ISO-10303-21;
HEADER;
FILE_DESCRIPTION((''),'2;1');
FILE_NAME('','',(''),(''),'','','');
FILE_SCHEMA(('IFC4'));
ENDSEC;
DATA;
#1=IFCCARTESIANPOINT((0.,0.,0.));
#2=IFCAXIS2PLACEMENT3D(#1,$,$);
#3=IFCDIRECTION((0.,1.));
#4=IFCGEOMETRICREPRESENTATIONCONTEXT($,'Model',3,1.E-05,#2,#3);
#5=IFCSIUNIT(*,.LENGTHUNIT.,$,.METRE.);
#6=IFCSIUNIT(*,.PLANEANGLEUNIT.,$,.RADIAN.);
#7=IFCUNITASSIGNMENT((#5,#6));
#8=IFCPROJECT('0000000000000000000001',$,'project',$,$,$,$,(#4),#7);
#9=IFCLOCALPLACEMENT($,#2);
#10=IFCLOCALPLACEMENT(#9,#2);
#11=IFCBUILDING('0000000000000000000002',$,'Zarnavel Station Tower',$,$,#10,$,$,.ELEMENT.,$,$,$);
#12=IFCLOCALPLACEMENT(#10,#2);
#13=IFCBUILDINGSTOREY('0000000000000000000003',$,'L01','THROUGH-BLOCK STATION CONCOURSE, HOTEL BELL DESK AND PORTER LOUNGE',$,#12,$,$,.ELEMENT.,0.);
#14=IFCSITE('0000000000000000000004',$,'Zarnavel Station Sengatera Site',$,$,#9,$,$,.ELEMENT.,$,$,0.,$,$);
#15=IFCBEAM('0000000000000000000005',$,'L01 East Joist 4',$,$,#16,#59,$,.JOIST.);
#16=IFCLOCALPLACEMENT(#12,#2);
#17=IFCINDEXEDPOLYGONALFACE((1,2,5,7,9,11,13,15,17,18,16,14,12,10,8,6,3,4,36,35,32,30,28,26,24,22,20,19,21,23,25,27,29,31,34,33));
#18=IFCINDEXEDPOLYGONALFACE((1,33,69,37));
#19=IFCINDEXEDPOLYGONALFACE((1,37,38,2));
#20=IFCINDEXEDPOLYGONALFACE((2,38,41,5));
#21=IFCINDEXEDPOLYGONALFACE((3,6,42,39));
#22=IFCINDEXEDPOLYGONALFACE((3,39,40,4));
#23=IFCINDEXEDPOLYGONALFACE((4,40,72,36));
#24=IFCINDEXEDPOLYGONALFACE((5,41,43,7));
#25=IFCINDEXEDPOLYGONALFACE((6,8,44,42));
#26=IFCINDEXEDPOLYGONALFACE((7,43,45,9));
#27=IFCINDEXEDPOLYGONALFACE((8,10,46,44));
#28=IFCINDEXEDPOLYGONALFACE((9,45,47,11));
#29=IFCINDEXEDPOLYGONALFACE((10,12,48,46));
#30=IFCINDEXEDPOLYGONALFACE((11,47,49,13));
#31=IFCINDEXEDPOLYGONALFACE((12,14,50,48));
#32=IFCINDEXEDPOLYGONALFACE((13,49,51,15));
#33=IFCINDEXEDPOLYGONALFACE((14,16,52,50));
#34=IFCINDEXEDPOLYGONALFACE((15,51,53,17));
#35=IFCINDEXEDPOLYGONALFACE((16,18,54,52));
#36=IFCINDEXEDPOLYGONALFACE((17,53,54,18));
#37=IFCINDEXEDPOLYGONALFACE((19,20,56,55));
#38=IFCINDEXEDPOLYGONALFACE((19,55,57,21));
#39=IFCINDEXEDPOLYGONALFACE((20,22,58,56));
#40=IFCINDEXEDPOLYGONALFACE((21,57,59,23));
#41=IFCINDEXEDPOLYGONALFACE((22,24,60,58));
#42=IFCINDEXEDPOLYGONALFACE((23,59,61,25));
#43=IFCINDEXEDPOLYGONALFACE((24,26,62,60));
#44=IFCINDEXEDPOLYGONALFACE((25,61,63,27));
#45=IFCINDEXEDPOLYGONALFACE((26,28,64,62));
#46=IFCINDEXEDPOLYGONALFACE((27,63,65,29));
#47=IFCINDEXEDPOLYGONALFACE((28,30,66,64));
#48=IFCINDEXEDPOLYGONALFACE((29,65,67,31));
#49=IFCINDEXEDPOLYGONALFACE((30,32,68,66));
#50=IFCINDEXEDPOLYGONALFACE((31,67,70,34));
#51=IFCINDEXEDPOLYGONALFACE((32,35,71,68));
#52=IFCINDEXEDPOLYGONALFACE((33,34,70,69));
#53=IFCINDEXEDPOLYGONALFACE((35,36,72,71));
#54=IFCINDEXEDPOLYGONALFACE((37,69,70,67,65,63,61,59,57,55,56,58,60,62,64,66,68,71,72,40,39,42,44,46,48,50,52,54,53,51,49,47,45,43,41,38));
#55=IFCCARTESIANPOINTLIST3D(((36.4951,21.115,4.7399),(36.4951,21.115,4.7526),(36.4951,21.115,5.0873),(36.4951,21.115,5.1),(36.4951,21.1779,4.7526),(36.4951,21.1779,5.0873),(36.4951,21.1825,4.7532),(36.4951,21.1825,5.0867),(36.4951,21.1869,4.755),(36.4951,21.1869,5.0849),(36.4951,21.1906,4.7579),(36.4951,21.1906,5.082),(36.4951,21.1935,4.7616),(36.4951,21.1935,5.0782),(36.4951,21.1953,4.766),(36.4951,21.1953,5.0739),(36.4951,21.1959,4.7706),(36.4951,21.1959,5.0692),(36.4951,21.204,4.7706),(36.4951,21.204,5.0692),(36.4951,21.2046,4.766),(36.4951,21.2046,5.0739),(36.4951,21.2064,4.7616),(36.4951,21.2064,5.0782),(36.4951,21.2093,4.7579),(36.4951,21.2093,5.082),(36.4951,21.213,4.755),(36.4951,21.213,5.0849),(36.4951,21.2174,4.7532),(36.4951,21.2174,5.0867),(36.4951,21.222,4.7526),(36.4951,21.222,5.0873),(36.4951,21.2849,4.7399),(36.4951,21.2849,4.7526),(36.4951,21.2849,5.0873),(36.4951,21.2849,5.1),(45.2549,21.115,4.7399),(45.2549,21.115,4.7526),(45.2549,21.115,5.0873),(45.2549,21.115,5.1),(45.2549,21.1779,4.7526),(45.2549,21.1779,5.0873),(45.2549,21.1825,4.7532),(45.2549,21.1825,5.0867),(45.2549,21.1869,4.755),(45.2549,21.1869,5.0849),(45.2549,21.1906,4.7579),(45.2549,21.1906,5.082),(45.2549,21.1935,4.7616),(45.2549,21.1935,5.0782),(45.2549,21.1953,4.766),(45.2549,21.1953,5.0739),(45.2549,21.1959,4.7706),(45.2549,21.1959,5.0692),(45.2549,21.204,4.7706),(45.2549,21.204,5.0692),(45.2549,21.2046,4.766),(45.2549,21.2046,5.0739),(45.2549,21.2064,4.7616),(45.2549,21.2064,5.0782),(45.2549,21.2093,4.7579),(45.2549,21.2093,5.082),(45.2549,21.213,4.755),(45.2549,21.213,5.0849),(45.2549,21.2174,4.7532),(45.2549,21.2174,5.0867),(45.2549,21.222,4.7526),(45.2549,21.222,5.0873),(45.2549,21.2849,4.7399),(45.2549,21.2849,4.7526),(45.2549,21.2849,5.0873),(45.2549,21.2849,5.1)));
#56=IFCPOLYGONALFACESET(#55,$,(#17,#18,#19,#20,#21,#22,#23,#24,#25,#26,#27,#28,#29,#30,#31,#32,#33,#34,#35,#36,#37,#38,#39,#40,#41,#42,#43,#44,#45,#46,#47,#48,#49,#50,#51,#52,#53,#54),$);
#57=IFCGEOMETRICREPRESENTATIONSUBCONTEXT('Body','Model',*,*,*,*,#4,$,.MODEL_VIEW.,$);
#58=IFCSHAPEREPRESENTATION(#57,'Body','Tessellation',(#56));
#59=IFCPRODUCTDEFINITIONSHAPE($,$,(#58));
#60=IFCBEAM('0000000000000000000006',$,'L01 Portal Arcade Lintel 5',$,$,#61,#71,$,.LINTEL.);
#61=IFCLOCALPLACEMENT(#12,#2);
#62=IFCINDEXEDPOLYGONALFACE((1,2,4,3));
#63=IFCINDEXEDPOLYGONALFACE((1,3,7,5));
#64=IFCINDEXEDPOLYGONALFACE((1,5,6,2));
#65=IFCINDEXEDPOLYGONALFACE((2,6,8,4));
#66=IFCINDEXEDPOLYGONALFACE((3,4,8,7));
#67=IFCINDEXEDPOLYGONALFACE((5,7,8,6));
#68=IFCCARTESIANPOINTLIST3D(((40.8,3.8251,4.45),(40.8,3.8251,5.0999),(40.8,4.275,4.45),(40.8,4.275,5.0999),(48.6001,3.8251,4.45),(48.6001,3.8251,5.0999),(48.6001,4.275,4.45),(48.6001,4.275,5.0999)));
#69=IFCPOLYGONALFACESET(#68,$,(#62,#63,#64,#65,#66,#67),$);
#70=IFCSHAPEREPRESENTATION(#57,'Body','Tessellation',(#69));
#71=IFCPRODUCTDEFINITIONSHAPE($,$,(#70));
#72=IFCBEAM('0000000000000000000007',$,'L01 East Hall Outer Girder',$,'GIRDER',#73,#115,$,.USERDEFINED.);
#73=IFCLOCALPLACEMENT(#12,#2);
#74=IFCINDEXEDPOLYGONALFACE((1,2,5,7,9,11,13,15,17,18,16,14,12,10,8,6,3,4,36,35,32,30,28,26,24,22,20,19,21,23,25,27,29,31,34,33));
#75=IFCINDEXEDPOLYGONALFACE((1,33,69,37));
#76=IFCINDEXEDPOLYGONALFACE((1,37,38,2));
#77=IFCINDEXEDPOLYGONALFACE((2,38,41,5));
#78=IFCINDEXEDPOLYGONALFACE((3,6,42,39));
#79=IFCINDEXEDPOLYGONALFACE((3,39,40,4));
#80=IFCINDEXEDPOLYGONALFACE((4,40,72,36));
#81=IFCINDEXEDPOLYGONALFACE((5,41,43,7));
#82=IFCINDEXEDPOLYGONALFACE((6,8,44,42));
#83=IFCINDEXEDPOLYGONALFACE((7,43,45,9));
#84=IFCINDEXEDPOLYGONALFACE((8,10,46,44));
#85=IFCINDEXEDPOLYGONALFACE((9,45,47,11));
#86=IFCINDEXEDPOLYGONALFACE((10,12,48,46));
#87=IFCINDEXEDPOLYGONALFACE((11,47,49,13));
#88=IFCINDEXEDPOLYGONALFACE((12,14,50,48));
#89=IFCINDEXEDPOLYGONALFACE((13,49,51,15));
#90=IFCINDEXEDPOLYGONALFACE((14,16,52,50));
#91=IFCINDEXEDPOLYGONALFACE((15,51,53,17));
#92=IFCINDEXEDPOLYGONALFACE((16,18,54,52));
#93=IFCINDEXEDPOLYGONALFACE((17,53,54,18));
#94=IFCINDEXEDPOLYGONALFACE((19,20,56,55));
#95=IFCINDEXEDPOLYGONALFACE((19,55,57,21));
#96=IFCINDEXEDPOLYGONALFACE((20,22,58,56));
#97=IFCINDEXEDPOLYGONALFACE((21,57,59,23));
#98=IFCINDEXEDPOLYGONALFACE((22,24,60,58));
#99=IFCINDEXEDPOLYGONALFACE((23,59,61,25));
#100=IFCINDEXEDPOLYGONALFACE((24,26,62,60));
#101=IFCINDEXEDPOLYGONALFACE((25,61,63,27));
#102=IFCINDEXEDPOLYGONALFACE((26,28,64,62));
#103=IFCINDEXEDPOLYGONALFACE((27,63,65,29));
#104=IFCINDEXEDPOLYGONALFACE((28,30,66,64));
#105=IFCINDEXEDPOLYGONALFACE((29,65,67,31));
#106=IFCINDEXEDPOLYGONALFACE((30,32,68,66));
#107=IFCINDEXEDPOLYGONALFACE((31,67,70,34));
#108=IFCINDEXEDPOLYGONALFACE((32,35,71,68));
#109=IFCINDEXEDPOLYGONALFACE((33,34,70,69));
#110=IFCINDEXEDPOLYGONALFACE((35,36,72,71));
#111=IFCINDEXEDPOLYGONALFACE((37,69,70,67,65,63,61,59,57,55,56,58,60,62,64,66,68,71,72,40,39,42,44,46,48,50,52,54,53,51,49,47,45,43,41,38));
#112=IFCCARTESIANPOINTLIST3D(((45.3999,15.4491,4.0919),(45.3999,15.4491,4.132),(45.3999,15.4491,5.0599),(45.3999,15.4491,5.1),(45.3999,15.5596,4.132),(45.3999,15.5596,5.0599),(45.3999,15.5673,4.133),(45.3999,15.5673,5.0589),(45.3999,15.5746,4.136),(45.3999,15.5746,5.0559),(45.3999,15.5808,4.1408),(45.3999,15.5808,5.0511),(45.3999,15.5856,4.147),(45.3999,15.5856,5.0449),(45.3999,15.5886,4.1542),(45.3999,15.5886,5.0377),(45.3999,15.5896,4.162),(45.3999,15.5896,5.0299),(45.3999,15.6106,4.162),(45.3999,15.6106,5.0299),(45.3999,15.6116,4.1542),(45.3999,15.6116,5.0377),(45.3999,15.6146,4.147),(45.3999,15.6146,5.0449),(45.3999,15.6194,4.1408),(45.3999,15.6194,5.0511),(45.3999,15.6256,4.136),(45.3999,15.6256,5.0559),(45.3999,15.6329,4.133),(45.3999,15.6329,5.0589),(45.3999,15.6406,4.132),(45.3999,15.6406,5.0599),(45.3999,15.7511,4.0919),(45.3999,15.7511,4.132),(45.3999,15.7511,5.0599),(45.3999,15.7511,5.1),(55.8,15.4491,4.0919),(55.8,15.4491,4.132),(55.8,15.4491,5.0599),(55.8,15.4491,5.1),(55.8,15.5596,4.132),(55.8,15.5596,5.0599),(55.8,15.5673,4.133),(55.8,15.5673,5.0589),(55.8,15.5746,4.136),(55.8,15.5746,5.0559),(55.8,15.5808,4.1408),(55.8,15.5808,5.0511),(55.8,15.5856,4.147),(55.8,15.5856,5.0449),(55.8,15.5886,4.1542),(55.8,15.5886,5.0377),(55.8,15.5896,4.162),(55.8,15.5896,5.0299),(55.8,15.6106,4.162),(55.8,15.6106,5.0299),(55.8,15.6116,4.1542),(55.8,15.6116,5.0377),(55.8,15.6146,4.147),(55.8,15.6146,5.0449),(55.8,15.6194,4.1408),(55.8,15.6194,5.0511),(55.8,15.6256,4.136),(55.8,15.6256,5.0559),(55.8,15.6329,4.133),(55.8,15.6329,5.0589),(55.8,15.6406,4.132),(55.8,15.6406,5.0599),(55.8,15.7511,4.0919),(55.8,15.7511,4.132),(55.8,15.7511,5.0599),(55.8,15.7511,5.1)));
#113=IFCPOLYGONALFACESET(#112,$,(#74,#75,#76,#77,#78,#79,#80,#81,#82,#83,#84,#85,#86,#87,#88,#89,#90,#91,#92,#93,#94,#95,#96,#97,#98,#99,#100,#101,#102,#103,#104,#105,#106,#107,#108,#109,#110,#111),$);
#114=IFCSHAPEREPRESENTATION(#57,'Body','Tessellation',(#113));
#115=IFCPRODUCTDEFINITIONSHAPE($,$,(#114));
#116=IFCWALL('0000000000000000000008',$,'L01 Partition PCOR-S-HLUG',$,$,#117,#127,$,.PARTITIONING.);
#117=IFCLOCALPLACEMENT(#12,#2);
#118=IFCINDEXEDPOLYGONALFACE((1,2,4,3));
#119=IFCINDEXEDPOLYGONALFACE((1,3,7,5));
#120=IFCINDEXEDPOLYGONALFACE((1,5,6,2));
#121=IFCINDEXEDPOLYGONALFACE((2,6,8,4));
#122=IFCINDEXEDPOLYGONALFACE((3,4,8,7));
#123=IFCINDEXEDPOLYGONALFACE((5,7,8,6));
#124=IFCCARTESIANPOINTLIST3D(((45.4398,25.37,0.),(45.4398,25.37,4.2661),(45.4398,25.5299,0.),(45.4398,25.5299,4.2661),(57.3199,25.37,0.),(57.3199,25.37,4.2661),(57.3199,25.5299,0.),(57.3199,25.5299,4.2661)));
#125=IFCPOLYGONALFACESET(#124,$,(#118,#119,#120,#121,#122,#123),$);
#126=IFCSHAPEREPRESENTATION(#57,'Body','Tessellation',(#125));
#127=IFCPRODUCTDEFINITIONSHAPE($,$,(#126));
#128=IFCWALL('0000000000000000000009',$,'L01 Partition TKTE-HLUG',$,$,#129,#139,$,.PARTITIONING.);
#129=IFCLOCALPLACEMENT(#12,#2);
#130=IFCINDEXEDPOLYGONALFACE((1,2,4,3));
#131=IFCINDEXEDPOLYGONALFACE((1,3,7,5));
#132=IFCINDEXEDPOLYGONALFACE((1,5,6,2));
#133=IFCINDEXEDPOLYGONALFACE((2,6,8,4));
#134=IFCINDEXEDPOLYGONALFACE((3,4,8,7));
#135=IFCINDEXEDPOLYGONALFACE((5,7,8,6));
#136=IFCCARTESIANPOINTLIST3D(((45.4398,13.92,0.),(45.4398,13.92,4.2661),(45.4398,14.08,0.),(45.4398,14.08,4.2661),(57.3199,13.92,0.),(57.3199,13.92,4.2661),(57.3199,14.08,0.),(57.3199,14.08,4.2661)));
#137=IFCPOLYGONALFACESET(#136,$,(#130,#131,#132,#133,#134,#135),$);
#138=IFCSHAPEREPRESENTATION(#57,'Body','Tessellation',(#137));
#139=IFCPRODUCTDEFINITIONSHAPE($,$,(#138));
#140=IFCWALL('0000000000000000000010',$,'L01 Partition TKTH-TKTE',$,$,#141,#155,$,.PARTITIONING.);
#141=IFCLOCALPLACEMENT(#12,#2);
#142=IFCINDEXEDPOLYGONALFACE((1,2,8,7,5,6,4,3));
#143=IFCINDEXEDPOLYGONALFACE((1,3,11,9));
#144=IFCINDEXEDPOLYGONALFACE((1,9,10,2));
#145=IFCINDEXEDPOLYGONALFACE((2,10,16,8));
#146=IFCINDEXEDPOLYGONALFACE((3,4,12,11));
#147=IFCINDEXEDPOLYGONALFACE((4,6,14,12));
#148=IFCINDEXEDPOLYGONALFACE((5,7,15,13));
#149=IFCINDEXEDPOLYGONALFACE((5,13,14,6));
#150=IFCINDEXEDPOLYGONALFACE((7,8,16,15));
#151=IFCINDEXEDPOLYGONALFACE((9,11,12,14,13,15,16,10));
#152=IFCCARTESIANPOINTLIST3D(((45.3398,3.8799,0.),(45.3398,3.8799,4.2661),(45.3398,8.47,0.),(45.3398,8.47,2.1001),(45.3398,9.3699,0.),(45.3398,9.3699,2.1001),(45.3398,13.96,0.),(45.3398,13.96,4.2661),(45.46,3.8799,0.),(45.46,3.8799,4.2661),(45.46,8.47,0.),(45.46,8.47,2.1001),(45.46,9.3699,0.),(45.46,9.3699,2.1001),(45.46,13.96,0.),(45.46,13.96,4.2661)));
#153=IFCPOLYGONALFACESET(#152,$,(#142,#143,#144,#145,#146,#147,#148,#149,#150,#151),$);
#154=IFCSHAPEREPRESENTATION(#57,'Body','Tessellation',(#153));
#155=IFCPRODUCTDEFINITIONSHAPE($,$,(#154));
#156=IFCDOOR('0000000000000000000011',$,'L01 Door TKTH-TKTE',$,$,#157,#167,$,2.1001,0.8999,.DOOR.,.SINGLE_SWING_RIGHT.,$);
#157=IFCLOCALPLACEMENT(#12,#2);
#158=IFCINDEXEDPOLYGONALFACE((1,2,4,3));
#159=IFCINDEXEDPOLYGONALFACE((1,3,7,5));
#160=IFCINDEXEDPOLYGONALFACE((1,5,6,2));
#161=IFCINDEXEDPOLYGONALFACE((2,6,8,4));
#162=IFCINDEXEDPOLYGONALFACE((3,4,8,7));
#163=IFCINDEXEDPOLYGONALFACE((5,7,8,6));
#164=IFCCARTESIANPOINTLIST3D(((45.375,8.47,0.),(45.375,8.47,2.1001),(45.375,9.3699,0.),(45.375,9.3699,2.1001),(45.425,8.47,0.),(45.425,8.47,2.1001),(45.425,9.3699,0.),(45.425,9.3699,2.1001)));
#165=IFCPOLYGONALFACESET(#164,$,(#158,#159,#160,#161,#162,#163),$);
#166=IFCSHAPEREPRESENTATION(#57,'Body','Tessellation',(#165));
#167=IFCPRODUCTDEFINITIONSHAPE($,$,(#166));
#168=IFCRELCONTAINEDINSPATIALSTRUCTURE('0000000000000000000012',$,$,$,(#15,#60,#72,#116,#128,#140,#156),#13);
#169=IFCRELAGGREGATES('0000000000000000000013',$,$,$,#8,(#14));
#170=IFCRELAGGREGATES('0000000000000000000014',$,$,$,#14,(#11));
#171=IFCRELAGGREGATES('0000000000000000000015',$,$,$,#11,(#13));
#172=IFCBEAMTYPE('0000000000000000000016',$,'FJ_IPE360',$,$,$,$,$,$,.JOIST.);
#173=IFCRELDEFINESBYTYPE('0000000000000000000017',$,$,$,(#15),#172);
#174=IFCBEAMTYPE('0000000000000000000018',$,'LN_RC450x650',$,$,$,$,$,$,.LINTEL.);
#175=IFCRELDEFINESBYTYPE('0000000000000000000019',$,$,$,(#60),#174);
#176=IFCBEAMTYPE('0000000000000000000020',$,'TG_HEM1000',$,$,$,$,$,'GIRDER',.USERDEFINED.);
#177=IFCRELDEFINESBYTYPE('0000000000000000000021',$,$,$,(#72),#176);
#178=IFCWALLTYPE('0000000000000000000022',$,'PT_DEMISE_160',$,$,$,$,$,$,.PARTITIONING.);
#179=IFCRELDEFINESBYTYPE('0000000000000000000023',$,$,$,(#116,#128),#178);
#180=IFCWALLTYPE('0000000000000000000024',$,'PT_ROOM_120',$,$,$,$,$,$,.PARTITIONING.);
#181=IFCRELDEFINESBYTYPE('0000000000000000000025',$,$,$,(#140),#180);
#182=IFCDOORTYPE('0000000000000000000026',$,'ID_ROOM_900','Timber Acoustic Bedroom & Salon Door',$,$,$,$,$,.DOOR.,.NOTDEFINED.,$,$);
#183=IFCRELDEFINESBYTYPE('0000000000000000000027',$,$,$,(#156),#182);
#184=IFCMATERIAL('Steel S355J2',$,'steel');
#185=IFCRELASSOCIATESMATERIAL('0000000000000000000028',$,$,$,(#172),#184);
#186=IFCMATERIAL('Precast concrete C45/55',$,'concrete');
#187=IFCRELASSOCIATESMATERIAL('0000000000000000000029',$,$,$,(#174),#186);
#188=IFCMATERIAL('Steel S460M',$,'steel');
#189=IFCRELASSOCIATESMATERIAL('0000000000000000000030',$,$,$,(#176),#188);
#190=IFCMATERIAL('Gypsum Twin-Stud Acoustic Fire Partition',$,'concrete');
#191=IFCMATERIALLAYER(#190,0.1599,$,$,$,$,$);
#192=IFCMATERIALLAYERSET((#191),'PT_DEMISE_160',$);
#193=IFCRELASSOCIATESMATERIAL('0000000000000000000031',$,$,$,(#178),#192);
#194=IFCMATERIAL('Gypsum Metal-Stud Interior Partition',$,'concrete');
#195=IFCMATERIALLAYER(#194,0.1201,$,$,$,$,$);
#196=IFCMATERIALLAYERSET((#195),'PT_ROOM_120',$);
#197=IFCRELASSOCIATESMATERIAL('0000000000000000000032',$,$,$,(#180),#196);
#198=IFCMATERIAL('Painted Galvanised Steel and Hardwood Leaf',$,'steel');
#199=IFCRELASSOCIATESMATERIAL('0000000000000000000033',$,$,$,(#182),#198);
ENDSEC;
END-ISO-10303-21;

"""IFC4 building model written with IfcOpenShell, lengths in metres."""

from ifc_helpers import new_model, si_unit, direction, frame, frame_2d, origin, origin_2d, place, context, subcontext, project, spatial, rectangle, i_section, extrude, material, layer, layer_set, material_profile, profile_set, type_object, element, fill, save


model = new_model("IFC4")

# Units and contexts
model_context = context("Model", 3, precision=1e-05, world=origin(), true_north=direction((0.0, 1.0)))
body_context = subcontext(model_context, "Body", "Model", "MODEL_VIEW")
ifc_project = project(units=[si_unit("LENGTHUNIT", "METRE"), si_unit("PLANEANGLEUNIT", "RADIAN")], contexts=[model_context])

# Site, building, storey
site_placement = place(None, origin())
site = spatial("IfcSite", under=ifc_project, at=site_placement, Name="Zarnavel Station Sengatera Site", CompositionType="ELEMENT", RefElevation=0.0)
building_placement = place(site_placement, origin())
building = spatial("IfcBuilding", under=site, at=building_placement, Name="Zarnavel Station Tower", CompositionType="ELEMENT")
storey_placement = place(building_placement, origin())
storey = spatial("IfcBuildingStorey", under=building, at=storey_placement, Name="L01", Description="THROUGH-BLOCK STATION CONCOURSE, HOTEL BELL DESK AND PORTER LOUNGE", CompositionType="ELEMENT", Elevation=0.0)

# Beams
ifc_material_1 = material(Name="Steel S355J2", Category="steel")
ifc_material_profile_1 = material_profile(ifc_material_1, i_section(OverallWidth=0.1699, OverallDepth=0.3601, WebThickness=0.0081, FlangeThickness=0.0127, FilletRadius=0.0181, at=origin_2d()), Name="IPE360")
ifc_profile_set_1 = profile_set([ifc_material_profile_1], Name="Steel S355J2")
beam_type_1 = type_object("IfcBeamType", Name="FJ_IPE360", PredefinedType="JOIST", material=ifc_profile_set_1)
beam_1_placement = place(storey_placement, frame((36.4951, 21.2, 4.9199), z_axis=(1.0, 0.0, 0.0), x_axis=(0.0, 1.0, 0.0)))
element("IfcBeam", 1, at=beam_1_placement, inside=storey, type_object=beam_type_1, Name="L01 East Joist 4", PredefinedType="JOIST", context=body_context, shape_type="SweptSolid", body=[
    extrude(i_section(OverallWidth=0.1699, OverallDepth=0.3601, WebThickness=0.0081, FlangeThickness=0.0127, FilletRadius=0.0181, at=origin_2d()), origin(), (0.0, 0.0, 1.0), 8.7598),
])
ifc_material_2 = material(Name="Precast concrete C45/55", Category="concrete")
ifc_material_profile_2 = material_profile(ifc_material_2, rectangle(XDim=0.45, YDim=0.6499, at=origin_2d()), Name="RC450x650")
ifc_profile_set_2 = profile_set([ifc_material_profile_2], Name="Precast concrete C45/55")
beam_type_2 = type_object("IfcBeamType", Name="LN_RC450x650", PredefinedType="LINTEL", material=ifc_profile_set_2)
beam_2_placement = place(storey_placement, frame((40.8, 4.05, 4.7749), z_axis=(1.0, 0.0, 0.0), x_axis=(0.0, 1.0, 0.0)))
element("IfcBeam", 2, at=beam_2_placement, inside=storey, type_object=beam_type_2, Name="L01 Portal Arcade Lintel 5", PredefinedType="LINTEL", context=body_context, shape_type="SweptSolid", body=[
    extrude(rectangle(XDim=0.45, YDim=0.6499, at=origin_2d()), origin(), (0.0, 0.0, 1.0), 7.8),
])
ifc_material_3 = material(Name="Steel S460M", Category="steel")
ifc_material_profile_3 = material_profile(ifc_material_3, i_section(OverallWidth=0.302, OverallDepth=1.0081, WebThickness=0.021, FlangeThickness=0.04, FilletRadius=0.03, at=origin_2d()), Name="HEM1000")
ifc_profile_set_3 = profile_set([ifc_material_profile_3], Name="Steel S460M")
beam_type_3 = type_object("IfcBeamType", Name="TG_HEM1000", ElementType="GIRDER", PredefinedType="USERDEFINED", material=ifc_profile_set_3)
beam_3_placement = place(storey_placement, frame((45.3999, 15.6001, 4.5959), z_axis=(1.0, 0.0, 0.0), x_axis=(0.0, 1.0, 0.0)))
element("IfcBeam", 3, at=beam_3_placement, inside=storey, type_object=beam_type_3, Name="L01 East Hall Outer Girder", ObjectType="GIRDER", PredefinedType="USERDEFINED", context=body_context, shape_type="SweptSolid", body=[
    extrude(i_section(OverallWidth=0.302, OverallDepth=1.0081, WebThickness=0.021, FlangeThickness=0.04, FilletRadius=0.03, at=origin_2d()), origin(), (0.0, 0.0, 1.0), 10.4001),
])

# Walls
ifc_material_4 = material(Name="Gypsum Twin-Stud Acoustic Fire Partition", Category="concrete")
ifc_layer_1 = layer(ifc_material_4, 0.1599)
ifc_layer_set_1 = layer_set([ifc_layer_1], Name="PT_DEMISE_160")
wall_type_1 = type_object("IfcWallType", Name="PT_DEMISE_160", PredefinedType="PARTITIONING", material=ifc_layer_set_1)
for number, where, z_axis, x_axis, name in (
    (4, (45.4399, 25.45, 0.0), (0.0, 0.0, 1.0), (1.0, 0.0, 0.0), "L01 Partition PCOR-S-HLUG"),
    (5, (45.4399, 14.0, 0.0), (0.0, 0.0, 1.0), (1.0, 0.0, 0.0), "L01 Partition TKTE-HLUG"),
):
    element("IfcWall", number, at=place(storey_placement, frame(where, z_axis=z_axis, x_axis=x_axis)), inside=storey, type_object=wall_type_1, Name=name, PredefinedType="PARTITIONING", context=body_context, shape_type="SweptSolid", body=[
        extrude(rectangle(XDim=11.8801, YDim=0.1599, at=frame_2d((5.9399, 0.0))), origin(), (0.0, 0.0, 1.0), 4.2661),
    ])

# Wall, opening, door
ifc_material_5 = material(Name="Gypsum Metal-Stud Interior Partition", Category="concrete")
ifc_layer_2 = layer(ifc_material_5, 0.1201)
ifc_layer_set_2 = layer_set([ifc_layer_2], Name="PT_ROOM_120")
wall_type_2 = type_object("IfcWallType", Name="PT_ROOM_120", PredefinedType="PARTITIONING", material=ifc_layer_set_2)
wall_1_placement = place(storey_placement, frame((45.3999, 3.8799, 0.0), z_axis=(0.0, 0.0, 1.0), x_axis=(0.0, 1.0, 0.0)))
wall_1 = element("IfcWall", 6, at=wall_1_placement, inside=storey, type_object=wall_type_2, Name="L01 Partition TKTH-TKTE", PredefinedType="PARTITIONING", context=body_context, shape_type="SweptSolid", body=[
    extrude(rectangle(XDim=10.0801, YDim=0.1201, at=frame_2d((5.04, 0.0))), origin(), (0.0, 0.0, 1.0), 4.2661),
])
opening_1_placement = place(wall_1_placement, frame((4.5901, 0.0, 0.0)))
opening_1 = element("IfcOpeningElement", 7, at=opening_1_placement, cuts=wall_1, PredefinedType="OPENING", context=body_context, shape_type="SweptSolid", body=[
    extrude(rectangle(XDim=0.8999, YDim=2.1001, at=frame_2d((0.45, 1.05))), frame((0.0, 0.0701, 0.0), z_axis=(0.0, -1.0, 0.0), x_axis=(1.0, 0.0, 0.0)), (0.0, 0.0, 1.0), 0.1401),
])
ifc_material_6 = material(Name="Painted Galvanised Steel and Hardwood Leaf", Category="steel")
door_type = type_object("IfcDoorType", Name="ID_ROOM_900", Description="Timber Acoustic Bedroom & Salon Door", OperationType="NOTDEFINED", PredefinedType="DOOR", material=ifc_material_6)
door_1_placement = place(opening_1_placement, origin())
door_1 = element("IfcDoor", 8, at=door_1_placement, inside=storey, type_object=door_type, Name="L01 Door TKTH-TKTE", OperationType="SINGLE_SWING_RIGHT", OverallHeight=2.1001, OverallWidth=0.8999, PredefinedType="DOOR", context=body_context, shape_type="SweptSolid", body=[
    extrude(rectangle(XDim=0.8999, YDim=2.1001, at=frame_2d((0.45, 1.05))), frame((0.0, 0.0249, 0.0), z_axis=(0.0, -1.0, 0.0), x_axis=(1.0, 0.0, 0.0)), (0.0, 0.0, 1.0), 0.05),
])
fill(opening_1, door_1)

save(model, "model.ifc")
